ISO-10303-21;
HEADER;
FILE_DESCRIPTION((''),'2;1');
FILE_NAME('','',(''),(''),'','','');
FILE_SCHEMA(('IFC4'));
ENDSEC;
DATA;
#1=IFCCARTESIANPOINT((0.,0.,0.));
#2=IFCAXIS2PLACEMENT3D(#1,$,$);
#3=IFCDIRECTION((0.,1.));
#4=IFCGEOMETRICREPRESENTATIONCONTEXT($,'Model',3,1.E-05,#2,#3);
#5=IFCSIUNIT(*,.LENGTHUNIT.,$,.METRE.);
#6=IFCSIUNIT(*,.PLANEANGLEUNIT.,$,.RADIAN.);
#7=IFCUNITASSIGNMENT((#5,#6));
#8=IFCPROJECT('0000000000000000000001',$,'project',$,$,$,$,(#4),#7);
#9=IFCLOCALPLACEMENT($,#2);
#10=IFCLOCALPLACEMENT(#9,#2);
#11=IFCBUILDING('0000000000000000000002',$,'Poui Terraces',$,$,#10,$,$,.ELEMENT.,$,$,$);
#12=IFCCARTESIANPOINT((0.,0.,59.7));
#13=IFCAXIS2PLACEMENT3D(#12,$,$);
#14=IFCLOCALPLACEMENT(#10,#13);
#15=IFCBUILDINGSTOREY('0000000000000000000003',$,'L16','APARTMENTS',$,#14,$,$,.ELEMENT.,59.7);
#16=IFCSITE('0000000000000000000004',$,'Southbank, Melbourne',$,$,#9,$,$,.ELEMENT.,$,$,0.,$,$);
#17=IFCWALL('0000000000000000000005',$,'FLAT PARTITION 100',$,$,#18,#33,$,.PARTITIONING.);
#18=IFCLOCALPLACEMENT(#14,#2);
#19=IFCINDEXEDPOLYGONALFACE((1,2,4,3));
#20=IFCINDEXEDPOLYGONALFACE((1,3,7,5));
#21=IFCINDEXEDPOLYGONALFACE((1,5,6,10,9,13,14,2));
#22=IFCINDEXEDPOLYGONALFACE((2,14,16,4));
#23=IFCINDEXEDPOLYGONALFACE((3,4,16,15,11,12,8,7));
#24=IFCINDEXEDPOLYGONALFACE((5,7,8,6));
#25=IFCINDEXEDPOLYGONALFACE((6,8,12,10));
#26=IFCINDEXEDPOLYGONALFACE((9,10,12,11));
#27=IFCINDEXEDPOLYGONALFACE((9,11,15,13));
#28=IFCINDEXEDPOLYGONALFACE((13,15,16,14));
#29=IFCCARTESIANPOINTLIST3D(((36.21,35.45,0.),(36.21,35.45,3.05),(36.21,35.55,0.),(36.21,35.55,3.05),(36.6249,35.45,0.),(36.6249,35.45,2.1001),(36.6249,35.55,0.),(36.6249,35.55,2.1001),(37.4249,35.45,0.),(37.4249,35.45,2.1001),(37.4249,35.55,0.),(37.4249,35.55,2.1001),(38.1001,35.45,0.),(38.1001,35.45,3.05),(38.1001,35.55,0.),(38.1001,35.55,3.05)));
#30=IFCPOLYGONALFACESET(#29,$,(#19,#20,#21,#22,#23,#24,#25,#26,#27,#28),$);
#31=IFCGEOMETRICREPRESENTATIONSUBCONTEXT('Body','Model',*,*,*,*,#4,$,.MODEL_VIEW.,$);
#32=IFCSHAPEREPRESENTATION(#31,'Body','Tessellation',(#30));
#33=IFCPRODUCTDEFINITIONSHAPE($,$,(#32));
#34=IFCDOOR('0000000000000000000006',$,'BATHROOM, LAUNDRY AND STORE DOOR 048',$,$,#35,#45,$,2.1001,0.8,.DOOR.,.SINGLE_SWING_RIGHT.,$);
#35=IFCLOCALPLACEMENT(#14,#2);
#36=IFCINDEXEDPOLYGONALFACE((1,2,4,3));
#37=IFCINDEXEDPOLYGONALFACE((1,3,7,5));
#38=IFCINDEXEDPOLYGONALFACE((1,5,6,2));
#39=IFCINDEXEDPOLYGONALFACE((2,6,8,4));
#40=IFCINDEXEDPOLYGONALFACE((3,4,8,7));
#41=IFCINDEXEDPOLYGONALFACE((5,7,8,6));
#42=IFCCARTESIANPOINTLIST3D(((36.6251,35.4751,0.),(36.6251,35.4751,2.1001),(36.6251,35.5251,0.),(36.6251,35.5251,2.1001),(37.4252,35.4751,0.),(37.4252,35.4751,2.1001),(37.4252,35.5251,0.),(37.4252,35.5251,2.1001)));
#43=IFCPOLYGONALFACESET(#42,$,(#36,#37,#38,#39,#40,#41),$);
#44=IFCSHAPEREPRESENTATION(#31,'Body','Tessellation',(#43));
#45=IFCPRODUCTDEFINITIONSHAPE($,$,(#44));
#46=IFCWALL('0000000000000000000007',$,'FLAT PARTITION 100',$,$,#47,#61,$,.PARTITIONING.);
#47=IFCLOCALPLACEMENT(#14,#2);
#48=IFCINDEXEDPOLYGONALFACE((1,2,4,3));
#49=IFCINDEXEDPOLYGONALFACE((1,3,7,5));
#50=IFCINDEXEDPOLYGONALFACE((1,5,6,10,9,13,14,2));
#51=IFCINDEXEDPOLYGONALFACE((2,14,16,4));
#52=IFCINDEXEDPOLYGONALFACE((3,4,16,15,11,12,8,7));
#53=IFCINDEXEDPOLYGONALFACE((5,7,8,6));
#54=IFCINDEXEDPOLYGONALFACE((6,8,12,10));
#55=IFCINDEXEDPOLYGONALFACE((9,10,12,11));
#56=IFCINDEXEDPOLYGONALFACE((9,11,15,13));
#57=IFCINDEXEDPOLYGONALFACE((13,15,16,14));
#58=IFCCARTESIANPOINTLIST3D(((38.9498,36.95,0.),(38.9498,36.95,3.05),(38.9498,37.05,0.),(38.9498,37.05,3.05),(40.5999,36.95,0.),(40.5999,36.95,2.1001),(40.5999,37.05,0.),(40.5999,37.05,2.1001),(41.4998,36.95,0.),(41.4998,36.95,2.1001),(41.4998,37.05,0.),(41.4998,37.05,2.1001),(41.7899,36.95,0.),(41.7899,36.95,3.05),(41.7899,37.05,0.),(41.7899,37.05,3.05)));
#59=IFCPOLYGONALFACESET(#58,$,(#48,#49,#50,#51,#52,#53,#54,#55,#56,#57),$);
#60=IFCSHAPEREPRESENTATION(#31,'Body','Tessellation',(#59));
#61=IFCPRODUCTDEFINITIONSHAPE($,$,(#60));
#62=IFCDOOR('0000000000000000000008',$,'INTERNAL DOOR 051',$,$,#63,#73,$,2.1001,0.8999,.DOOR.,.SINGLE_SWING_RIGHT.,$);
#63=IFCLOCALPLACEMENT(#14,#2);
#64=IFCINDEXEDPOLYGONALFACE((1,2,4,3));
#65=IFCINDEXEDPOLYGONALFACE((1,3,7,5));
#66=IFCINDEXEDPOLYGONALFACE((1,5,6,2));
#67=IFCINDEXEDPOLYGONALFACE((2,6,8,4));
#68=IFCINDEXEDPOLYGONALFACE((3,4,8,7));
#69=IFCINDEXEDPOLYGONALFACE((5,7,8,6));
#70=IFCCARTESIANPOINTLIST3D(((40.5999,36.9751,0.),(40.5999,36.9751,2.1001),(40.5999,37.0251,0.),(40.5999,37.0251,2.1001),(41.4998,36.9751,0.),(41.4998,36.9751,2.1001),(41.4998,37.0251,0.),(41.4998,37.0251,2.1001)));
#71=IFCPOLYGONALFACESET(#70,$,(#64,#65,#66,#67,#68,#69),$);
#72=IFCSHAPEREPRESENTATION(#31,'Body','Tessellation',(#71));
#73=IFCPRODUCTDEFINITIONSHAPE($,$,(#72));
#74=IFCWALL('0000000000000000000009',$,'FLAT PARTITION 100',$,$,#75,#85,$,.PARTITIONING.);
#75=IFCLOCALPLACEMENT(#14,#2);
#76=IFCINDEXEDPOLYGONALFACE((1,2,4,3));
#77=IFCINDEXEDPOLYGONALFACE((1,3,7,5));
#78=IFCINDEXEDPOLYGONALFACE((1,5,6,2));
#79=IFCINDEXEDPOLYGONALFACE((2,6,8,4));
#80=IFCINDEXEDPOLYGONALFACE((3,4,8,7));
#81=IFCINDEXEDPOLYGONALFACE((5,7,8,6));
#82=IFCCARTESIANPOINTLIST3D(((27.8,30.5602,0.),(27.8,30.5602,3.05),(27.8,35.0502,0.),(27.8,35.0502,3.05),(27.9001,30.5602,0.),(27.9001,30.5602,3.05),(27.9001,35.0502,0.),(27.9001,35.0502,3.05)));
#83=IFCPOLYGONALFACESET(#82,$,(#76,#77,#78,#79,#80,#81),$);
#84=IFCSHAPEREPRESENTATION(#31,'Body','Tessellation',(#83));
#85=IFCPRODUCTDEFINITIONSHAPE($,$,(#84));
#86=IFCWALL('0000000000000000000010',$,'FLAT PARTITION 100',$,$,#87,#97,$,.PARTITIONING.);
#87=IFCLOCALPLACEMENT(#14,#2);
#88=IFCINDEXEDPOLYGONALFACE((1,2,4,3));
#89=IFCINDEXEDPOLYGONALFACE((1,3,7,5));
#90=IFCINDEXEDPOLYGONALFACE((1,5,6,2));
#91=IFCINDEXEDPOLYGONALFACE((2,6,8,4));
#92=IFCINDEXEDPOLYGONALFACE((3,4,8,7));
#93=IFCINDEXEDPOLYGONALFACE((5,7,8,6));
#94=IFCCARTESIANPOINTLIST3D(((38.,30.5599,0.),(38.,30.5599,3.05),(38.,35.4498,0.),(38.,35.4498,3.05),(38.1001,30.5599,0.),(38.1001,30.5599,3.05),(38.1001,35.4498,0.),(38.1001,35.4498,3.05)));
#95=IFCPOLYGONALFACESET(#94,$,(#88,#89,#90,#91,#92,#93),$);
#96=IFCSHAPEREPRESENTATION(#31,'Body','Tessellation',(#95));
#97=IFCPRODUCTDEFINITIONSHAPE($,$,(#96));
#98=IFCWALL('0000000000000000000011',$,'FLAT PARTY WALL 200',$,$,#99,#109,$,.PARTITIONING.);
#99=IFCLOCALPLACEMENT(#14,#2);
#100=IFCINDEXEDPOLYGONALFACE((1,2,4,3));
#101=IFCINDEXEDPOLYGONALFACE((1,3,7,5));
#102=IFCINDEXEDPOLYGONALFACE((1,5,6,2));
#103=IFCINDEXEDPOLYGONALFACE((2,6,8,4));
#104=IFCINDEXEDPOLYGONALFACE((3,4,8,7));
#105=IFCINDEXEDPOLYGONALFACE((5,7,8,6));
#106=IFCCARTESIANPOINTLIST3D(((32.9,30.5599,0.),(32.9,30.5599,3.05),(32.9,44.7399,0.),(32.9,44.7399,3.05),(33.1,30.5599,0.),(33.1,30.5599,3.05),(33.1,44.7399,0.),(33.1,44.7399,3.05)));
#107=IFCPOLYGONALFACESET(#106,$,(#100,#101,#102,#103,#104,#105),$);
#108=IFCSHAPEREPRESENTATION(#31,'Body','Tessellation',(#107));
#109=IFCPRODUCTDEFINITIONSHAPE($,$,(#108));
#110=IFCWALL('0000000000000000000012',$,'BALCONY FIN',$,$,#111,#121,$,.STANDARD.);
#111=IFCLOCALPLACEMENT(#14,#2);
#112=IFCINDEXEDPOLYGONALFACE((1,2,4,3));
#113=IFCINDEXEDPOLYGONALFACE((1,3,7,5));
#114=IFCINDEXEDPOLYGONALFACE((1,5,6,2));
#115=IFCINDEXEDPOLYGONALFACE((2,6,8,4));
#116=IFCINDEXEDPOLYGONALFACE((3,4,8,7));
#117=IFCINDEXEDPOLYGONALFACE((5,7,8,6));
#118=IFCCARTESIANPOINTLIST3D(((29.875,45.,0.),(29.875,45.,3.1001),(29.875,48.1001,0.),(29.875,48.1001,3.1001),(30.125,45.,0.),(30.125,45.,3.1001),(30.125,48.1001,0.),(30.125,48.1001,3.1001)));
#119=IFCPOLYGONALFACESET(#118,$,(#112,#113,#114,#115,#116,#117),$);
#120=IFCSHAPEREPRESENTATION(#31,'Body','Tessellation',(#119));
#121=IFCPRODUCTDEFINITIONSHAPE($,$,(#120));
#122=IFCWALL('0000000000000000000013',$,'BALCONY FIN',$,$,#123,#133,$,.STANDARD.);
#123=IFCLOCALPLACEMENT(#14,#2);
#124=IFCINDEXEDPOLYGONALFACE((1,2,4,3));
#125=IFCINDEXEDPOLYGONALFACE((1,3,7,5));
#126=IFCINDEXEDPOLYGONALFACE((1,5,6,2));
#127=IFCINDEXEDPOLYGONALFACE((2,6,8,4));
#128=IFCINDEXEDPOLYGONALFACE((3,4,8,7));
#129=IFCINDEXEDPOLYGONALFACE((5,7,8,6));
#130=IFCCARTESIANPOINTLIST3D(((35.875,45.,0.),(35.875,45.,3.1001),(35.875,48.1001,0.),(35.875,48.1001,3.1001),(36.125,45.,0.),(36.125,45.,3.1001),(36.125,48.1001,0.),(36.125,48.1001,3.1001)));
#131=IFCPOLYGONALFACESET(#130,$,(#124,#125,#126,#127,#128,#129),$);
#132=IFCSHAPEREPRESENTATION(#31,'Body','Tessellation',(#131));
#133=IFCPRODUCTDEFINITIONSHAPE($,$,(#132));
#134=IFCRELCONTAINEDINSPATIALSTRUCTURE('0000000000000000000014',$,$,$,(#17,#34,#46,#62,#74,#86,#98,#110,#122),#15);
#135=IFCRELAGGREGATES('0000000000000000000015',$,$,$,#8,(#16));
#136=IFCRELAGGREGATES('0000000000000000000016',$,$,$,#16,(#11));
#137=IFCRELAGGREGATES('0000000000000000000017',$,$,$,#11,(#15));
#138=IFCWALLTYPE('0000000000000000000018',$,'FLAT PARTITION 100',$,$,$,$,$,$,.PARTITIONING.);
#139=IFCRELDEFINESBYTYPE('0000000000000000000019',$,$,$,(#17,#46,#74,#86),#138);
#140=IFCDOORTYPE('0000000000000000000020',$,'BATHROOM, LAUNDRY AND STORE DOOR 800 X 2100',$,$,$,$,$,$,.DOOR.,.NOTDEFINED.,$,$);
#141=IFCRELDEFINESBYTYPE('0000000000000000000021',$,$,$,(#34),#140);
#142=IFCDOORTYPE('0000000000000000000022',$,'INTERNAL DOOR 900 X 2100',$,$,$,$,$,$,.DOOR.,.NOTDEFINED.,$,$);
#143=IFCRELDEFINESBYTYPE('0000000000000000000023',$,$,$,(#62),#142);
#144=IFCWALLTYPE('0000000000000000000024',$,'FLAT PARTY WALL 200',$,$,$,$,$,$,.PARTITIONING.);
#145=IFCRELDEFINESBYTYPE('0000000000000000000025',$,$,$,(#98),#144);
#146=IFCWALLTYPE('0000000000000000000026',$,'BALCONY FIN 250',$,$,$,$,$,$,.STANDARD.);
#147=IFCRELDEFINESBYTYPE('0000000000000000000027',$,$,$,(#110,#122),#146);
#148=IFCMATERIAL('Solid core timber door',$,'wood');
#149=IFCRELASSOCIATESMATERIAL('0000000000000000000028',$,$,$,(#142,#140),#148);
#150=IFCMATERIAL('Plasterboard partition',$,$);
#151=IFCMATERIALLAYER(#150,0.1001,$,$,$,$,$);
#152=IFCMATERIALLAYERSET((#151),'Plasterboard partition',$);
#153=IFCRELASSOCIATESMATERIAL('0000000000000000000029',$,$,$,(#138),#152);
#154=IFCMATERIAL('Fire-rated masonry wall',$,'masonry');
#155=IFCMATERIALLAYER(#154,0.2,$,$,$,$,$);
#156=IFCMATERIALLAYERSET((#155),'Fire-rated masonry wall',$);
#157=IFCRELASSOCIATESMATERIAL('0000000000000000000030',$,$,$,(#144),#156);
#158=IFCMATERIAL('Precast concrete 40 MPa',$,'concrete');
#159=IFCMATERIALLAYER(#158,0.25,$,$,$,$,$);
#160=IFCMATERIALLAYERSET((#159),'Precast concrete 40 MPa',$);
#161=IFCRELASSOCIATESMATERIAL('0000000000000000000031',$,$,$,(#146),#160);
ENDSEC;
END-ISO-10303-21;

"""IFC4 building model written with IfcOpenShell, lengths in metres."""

from ifc_helpers import new_model, si_unit, direction, frame, frame_2d, origin, place, context, subcontext, project, spatial, polyline, rectangle, outline, extrude, source, transform, mapped, material, layer, layer_set, type_object, element, fill, save


model = new_model("IFC4")

# Units and contexts
model_context = context("Model", 3, precision=1e-05, world=origin(), true_north=direction((0.0, 1.0)))
body_context = subcontext(model_context, "Body", "Model", "MODEL_VIEW")
ifc_project = project(units=[si_unit("LENGTHUNIT", "METRE"), si_unit("PLANEANGLEUNIT", "RADIAN")], contexts=[model_context])

# Site, building, storey
site_placement = place(None, origin())
site = spatial("IfcSite", under=ifc_project, at=site_placement, Name="Southbank, Melbourne", CompositionType="ELEMENT", RefElevation=0.0)
building_placement = place(site_placement, origin())
building = spatial("IfcBuilding", under=site, at=building_placement, Name="Poui Terraces", CompositionType="ELEMENT")
storey_placement = place(building_placement, frame((0.0, 0.0, 59.7)))
storey = spatial("IfcBuildingStorey", under=building, at=storey_placement, Name="L16", Description="APARTMENTS", CompositionType="ELEMENT", Elevation=59.7)

# Walls, openings, doors
ifc_material_1 = material(Name="Solid core timber door", Category="wood")
door_type_1 = type_object("IfcDoorType", Name="INTERNAL DOOR 900 X 2100", OperationType="NOTDEFINED", PredefinedType="DOOR", material=ifc_material_1)
ifc_material_2 = material(Name="Plasterboard partition")
ifc_layer_1 = layer(ifc_material_2, 0.1001)
ifc_layer_set_1 = layer_set([ifc_layer_1], Name="Plasterboard partition")
wall_type_1 = type_object("IfcWallType", Name="FLAT PARTITION 100", PredefinedType="PARTITIONING", material=ifc_layer_set_1)
door_type_2 = type_object("IfcDoorType", Name="BATHROOM, LAUNDRY AND STORE DOOR 800 X 2100", OperationType="NOTDEFINED", PredefinedType="DOOR", material=ifc_material_1)
wall_1_placement = place(storey_placement, frame((36.21, 35.5, 0.0), z_axis=(0.0, 0.0, 1.0), x_axis=(1.0, 0.0, 0.0)))
wall_1 = element("IfcWall", 1, at=wall_1_placement, inside=storey, type_object=wall_type_1, Name="FLAT PARTITION 100", PredefinedType="PARTITIONING", context=body_context, shape_type="SweptSolid", body=[
    extrude(rectangle(XDim=1.8901, YDim=0.1001, at=frame_2d((0.9451, 0.0))), origin(), (0.0, 0.0, 1.0), 3.05),
])
opening_1_placement = place(wall_1_placement, frame((0.415, 0.0, 0.0)))
opening_1 = element("IfcOpeningElement", 2, at=opening_1_placement, cuts=wall_1, PredefinedType="OPENING", context=body_context, shape_type="SweptSolid", body=[
    extrude(rectangle(XDim=0.8, YDim=2.1001, at=frame_2d((0.3999, 1.05))), frame((0.0, 0.0601, 0.0), z_axis=(0.0, -1.0, 0.0), x_axis=(1.0, 0.0, 0.0)), (0.0, 0.0, 1.0), 0.1201),
])
door_1_placement = place(opening_1_placement, frame((0.8, 0.0, 0.0), z_axis=(0.0, 0.0, 1.0), x_axis=(-1.0, 0.0, 0.0)))
door_1 = element("IfcDoor", 3, at=door_1_placement, inside=storey, type_object=door_type_2, Name="BATHROOM, LAUNDRY AND STORE DOOR 048", OperationType="SINGLE_SWING_RIGHT", OverallHeight=2.1001, OverallWidth=0.8, PredefinedType="DOOR", context=body_context, shape_type="SweptSolid", body=[
    extrude(rectangle(XDim=0.8, YDim=2.1001, at=frame_2d((0.3999, 1.05))), frame((0.0, 0.0249, 0.0), z_axis=(0.0, -1.0, 0.0), x_axis=(1.0, 0.0, 0.0)), (0.0, 0.0, 1.0), 0.05),
])
fill(opening_1, door_1)
wall_2_placement = place(storey_placement, frame((38.95, 37.0, 0.0), z_axis=(0.0, 0.0, 1.0), x_axis=(1.0, 0.0, 0.0)))
wall_2 = element("IfcWall", 4, at=wall_2_placement, inside=storey, type_object=wall_type_1, Name="FLAT PARTITION 100", PredefinedType="PARTITIONING", context=body_context, shape_type="SweptSolid", body=[
    extrude(rectangle(XDim=2.8401, YDim=0.1001, at=frame_2d((1.4199, 0.0))), origin(), (0.0, 0.0, 1.0), 3.05),
])
opening_2_placement = place(wall_2_placement, frame((1.6499, 0.0, 0.0)))
opening_2 = element("IfcOpeningElement", 5, at=opening_2_placement, cuts=wall_2, PredefinedType="OPENING", context=body_context, shape_type="SweptSolid", body=[
    extrude(rectangle(XDim=0.8999, YDim=2.1001, at=frame_2d((0.45, 1.05))), frame((0.0, 0.0601, 0.0), z_axis=(0.0, -1.0, 0.0), x_axis=(1.0, 0.0, 0.0)), (0.0, 0.0, 1.0), 0.1201),
])
door_2_placement = place(opening_2_placement, frame((0.8999, 0.0, 0.0), z_axis=(0.0, 0.0, 1.0), x_axis=(-1.0, 0.0, 0.0)))
door_2 = element("IfcDoor", 6, at=door_2_placement, inside=storey, type_object=door_type_1, Name="INTERNAL DOOR 051", OperationType="SINGLE_SWING_RIGHT", OverallHeight=2.1001, OverallWidth=0.8999, PredefinedType="DOOR", context=body_context, shape_type="SweptSolid", body=[
    extrude(rectangle(XDim=0.8999, YDim=2.1001, at=frame_2d((0.45, 1.05))), frame((0.0, 0.0249, 0.0), z_axis=(0.0, -1.0, 0.0), x_axis=(1.0, 0.0, 0.0)), (0.0, 0.0, 1.0), 0.05),
])
fill(opening_2, door_2)

# Walls
wall_3_placement = place(storey_placement, frame((27.8501, 30.5601, 0.0), z_axis=(0.0, 0.0, 1.0), x_axis=(0.0, 1.0, 0.0)))
element("IfcWall", 7, at=wall_3_placement, inside=storey, type_object=wall_type_1, Name="FLAT PARTITION 100", PredefinedType="PARTITIONING", context=body_context, shape_type="SweptSolid", body=[
    extrude(rectangle(XDim=4.49, YDim=0.1001, at=frame_2d((2.2451, 0.0))), origin(), (0.0, 0.0, 1.0), 3.05),
])
wall_4_placement = place(storey_placement, frame((38.05, 30.5601, 0.0), z_axis=(0.0, 0.0, 1.0), x_axis=(0.0, 1.0, 0.0)))
element("IfcWall", 8, at=wall_4_placement, inside=storey, type_object=wall_type_1, Name="FLAT PARTITION 100", PredefinedType="PARTITIONING", context=body_context, shape_type="SweptSolid", body=[
    extrude(rectangle(XDim=4.8899, YDim=0.1001, at=frame_2d((2.4448, 0.0))), origin(), (0.0, 0.0, 1.0), 3.05),
])
ifc_material_3 = material(Name="Fire-rated masonry wall", Category="masonry")
ifc_layer_2 = layer(ifc_material_3, 0.2)
ifc_layer_set_2 = layer_set([ifc_layer_2], Name="Fire-rated masonry wall")
wall_type_2 = type_object("IfcWallType", Name="FLAT PARTY WALL 200", PredefinedType="PARTITIONING", material=ifc_layer_set_2)
wall_5_placement = place(storey_placement, frame((33.0, 30.5601, 0.0), z_axis=(0.0, 0.0, 1.0), x_axis=(0.0, 1.0, 0.0)))
element("IfcWall", 9, at=wall_5_placement, inside=storey, type_object=wall_type_2, Name="FLAT PARTY WALL 200", PredefinedType="PARTITIONING", context=body_context, shape_type="SweptSolid", body=[
    extrude(rectangle(XDim=14.1799, YDim=0.2, at=frame_2d((7.0898, 0.0))), origin(), (0.0, 0.0, 1.0), 3.05),
])
ifc_material_4 = material(Name="Precast concrete 40 MPa", Category="concrete")
ifc_layer_3 = layer(ifc_material_4, 0.25)
ifc_layer_set_3 = layer_set([ifc_layer_3], Name="Precast concrete 40 MPa")
wall_type_3 = type_object("IfcWallType", Name="BALCONY FIN 250", PredefinedType="STANDARD", material=ifc_layer_set_3)
shared_shape = source(origin(), body_context, "Body", "SweptSolid", [
    extrude(outline(polyline([(0.0, 0.0), (0.25, 0.0), (0.25, 3.1001), (0.0, 3.1001), (0.0, 0.0)])), origin(), (0.0, 0.0, 1.0), 3.1001),
])
for number, where, name in (
    (10, (29.875, 45.0, 0.0), "BALCONY FIN"),
    (11, (35.875, 45.0, 0.0), "BALCONY FIN"),
):
    element("IfcWall", number, at=place(storey_placement, frame(where)), inside=storey, type_object=wall_type_3, Name=name, PredefinedType="STANDARD", context=body_context, shape_type="MappedRepresentation", body=[
        mapped(shared_shape, transform((0.0, 0.0, 0.0))),
    ])

save(model, "model.ifc")
